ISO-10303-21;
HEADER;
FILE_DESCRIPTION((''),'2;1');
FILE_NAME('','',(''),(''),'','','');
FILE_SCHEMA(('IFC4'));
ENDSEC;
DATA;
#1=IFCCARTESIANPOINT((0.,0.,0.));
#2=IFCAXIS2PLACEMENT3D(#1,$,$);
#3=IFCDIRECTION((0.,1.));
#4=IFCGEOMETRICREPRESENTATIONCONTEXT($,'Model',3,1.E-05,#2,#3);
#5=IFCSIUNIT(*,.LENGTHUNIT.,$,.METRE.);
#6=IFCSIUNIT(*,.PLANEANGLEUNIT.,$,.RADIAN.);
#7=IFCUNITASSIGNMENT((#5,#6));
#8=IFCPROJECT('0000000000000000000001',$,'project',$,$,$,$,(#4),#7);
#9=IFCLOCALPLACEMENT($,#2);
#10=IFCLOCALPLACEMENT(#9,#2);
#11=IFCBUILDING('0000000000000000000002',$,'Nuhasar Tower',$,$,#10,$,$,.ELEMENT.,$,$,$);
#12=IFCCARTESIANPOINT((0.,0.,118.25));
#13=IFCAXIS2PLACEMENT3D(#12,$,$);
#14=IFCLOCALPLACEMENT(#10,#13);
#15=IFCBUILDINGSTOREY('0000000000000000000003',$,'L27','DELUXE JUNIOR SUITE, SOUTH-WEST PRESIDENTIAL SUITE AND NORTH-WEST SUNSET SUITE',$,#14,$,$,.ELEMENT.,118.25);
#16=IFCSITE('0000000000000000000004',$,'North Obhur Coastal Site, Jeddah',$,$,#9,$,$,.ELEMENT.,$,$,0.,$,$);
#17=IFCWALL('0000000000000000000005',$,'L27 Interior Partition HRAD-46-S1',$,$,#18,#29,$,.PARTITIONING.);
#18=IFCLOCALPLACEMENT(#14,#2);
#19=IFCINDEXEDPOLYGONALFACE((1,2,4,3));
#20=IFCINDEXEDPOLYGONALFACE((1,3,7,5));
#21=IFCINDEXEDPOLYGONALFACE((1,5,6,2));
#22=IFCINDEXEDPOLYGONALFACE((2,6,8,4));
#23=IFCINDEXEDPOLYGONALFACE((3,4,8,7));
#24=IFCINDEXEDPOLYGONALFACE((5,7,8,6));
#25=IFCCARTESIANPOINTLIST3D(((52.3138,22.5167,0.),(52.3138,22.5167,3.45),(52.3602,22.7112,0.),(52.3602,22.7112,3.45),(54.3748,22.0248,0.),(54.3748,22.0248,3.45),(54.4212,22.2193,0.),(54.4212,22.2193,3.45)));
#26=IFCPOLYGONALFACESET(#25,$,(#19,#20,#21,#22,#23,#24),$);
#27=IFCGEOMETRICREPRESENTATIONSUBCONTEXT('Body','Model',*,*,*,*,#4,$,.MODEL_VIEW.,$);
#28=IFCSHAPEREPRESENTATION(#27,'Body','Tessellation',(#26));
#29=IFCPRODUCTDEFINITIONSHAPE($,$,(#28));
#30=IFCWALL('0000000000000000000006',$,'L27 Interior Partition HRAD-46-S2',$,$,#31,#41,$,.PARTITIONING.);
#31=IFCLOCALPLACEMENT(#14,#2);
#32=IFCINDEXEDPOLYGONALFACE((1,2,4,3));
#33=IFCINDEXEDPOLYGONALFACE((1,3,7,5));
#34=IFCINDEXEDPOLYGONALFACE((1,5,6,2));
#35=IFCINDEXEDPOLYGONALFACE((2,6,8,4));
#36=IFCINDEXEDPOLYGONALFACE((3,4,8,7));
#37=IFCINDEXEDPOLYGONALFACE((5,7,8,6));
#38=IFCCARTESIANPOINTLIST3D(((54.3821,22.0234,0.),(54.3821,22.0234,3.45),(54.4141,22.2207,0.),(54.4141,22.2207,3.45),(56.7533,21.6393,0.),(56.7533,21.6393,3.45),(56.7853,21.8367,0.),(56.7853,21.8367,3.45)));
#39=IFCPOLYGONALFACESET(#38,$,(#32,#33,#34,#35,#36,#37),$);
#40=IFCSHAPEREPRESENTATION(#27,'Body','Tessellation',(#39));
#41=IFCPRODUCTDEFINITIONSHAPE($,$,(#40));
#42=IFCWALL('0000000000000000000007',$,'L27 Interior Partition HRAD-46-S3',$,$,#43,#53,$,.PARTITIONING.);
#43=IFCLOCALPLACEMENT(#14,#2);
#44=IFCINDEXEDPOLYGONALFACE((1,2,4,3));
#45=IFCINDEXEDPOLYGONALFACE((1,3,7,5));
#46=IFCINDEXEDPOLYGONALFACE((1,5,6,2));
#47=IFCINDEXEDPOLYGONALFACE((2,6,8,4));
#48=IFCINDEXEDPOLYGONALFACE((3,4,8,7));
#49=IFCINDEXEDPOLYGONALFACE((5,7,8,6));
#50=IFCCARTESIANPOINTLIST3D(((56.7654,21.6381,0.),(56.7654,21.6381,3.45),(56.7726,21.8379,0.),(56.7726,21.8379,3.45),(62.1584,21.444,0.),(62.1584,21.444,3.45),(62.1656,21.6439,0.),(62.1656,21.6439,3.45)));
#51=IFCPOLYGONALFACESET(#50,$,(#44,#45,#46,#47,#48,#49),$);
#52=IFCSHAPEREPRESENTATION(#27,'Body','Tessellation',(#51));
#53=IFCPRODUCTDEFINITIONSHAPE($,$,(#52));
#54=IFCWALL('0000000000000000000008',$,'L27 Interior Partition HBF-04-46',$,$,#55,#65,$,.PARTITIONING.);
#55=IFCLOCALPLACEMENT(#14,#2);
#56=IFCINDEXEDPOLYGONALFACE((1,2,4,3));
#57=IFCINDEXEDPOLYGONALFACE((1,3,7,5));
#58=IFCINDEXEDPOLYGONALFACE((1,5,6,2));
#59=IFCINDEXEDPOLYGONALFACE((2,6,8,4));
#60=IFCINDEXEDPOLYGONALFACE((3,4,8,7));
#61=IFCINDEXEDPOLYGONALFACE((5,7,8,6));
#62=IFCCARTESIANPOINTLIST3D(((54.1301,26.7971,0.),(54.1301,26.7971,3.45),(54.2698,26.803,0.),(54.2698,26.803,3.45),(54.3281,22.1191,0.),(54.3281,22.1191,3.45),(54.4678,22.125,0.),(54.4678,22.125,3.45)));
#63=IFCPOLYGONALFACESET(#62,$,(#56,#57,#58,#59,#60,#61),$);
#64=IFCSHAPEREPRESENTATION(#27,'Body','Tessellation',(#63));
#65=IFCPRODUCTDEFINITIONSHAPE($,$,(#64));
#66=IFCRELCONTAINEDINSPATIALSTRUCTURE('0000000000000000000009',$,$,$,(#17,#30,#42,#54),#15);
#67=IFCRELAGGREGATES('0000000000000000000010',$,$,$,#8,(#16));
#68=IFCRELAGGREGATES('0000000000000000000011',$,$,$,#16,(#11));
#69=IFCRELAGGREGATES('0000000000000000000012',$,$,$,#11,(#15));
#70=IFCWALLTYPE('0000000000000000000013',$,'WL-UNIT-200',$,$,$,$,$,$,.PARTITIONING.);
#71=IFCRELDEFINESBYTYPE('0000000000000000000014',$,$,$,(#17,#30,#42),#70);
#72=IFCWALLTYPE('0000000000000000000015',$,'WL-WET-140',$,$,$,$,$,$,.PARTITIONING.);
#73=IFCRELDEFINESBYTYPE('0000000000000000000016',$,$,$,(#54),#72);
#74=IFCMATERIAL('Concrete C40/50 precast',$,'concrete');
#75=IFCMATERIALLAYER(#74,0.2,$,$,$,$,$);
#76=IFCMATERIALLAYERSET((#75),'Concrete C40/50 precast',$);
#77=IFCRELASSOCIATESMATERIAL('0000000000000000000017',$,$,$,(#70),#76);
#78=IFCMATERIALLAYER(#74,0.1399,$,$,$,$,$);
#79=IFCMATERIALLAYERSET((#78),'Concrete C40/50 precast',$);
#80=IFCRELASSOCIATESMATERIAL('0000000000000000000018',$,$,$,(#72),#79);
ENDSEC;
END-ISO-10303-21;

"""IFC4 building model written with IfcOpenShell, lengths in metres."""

from ifc_helpers import new_model, si_unit, direction, frame, frame_2d, origin, place, context, subcontext, project, spatial, rectangle, extrude, material, layer, layer_set, type_object, element, save


model = new_model("IFC4")

# Units and contexts
model_context = context("Model", 3, precision=1e-05, world=origin(), true_north=direction((0.0, 1.0)))
body_context = subcontext(model_context, "Body", "Model", "MODEL_VIEW")
ifc_project = project(units=[si_unit("LENGTHUNIT", "METRE"), si_unit("PLANEANGLEUNIT", "RADIAN")], contexts=[model_context])

# Site, building, storey
site_placement = place(None, origin())
site = spatial("IfcSite", under=ifc_project, at=site_placement, Name="North Obhur Coastal Site, Jeddah", CompositionType="ELEMENT", RefElevation=0.0)
building_placement = place(site_placement, origin())
building = spatial("IfcBuilding", under=site, at=building_placement, Name="Nuhasar Tower", CompositionType="ELEMENT")
storey_placement = place(building_placement, frame((0.0, 0.0, 118.25)))
storey = spatial("IfcBuildingStorey", under=building, at=storey_placement, Name="L27", Description="DELUXE JUNIOR SUITE, SOUTH-WEST PRESIDENTIAL SUITE AND NORTH-WEST SUNSET SUITE", CompositionType="ELEMENT", Elevation=118.25)

# Walls
ifc_material_1 = material(Name="Concrete C40/50 precast", Category="concrete")
ifc_layer_1 = layer(ifc_material_1, 0.2)
ifc_layer_set_1 = layer_set([ifc_layer_1], Name="Concrete C40/50 precast")
wall_type_1 = type_object("IfcWallType", Name="WL-UNIT-200", PredefinedType="PARTITIONING", material=ifc_layer_set_1)
wall_1_placement = place(storey_placement, frame((52.3369, 22.614, 0.0), z_axis=(0.0, 0.0, 1.0), x_axis=(0.972676, -0.232166, 0.0)))
element("IfcWall", 1, at=wall_1_placement, inside=storey, type_object=wall_type_1, Name="L27 Interior Partition HRAD-46-S1", PredefinedType="PARTITIONING", context=body_context, shape_type="SweptSolid", body=[
    extrude(rectangle(XDim=2.1189, YDim=0.2, at=frame_2d((1.0596, 0.0))), origin(), (0.0, 0.0, 1.0), 3.45),
])
wall_2_placement = place(storey_placement, frame((54.3979, 22.1221, 0.0), z_axis=(0.0, 0.0, 1.0), x_axis=(0.987136, -0.159881, 0.0)))
element("IfcWall", 2, at=wall_2_placement, inside=storey, type_object=wall_type_1, Name="L27 Interior Partition HRAD-46-S2", PredefinedType="PARTITIONING", context=body_context, shape_type="SweptSolid", body=[
    extrude(rectangle(XDim=2.4021, YDim=0.2, at=frame_2d((1.2012, 0.0))), origin(), (0.0, 0.0, 1.0), 3.45),
])
wall_3_placement = place(storey_placement, frame((56.769, 21.738, 0.0), z_axis=(0.0, 0.0, 1.0), x_axis=(0.999353, -0.035966, 0.0)))
element("IfcWall", 3, at=wall_3_placement, inside=storey, type_object=wall_type_1, Name="L27 Interior Partition HRAD-46-S3", PredefinedType="PARTITIONING", context=body_context, shape_type="SweptSolid", body=[
    extrude(rectangle(XDim=5.3965, YDim=0.2, at=frame_2d((2.6982, 0.0))), origin(), (0.0, 0.0, 1.0), 3.45),
])
ifc_layer_2 = layer(ifc_material_1, 0.1399)
ifc_layer_set_2 = layer_set([ifc_layer_2], Name="Concrete C40/50 precast")
wall_type_2 = type_object("IfcWallType", Name="WL-WET-140", PredefinedType="PARTITIONING", material=ifc_layer_set_2)
wall_4_placement = place(storey_placement, frame((54.3979, 22.1221, 0.0), z_axis=(0.0, 0.0, 1.0), x_axis=(-0.042288, 0.999105, 0.0)))
element("IfcWall", 4, at=wall_4_placement, inside=storey, type_object=wall_type_2, Name="L27 Interior Partition HBF-04-46", PredefinedType="PARTITIONING", context=body_context, shape_type="SweptSolid", body=[
    extrude(rectangle(XDim=4.6821, YDim=0.1399, at=frame_2d((2.3411, 0.0))), origin(), (0.0, 0.0, 1.0), 3.45),
])

save(model, "model.ifc")
